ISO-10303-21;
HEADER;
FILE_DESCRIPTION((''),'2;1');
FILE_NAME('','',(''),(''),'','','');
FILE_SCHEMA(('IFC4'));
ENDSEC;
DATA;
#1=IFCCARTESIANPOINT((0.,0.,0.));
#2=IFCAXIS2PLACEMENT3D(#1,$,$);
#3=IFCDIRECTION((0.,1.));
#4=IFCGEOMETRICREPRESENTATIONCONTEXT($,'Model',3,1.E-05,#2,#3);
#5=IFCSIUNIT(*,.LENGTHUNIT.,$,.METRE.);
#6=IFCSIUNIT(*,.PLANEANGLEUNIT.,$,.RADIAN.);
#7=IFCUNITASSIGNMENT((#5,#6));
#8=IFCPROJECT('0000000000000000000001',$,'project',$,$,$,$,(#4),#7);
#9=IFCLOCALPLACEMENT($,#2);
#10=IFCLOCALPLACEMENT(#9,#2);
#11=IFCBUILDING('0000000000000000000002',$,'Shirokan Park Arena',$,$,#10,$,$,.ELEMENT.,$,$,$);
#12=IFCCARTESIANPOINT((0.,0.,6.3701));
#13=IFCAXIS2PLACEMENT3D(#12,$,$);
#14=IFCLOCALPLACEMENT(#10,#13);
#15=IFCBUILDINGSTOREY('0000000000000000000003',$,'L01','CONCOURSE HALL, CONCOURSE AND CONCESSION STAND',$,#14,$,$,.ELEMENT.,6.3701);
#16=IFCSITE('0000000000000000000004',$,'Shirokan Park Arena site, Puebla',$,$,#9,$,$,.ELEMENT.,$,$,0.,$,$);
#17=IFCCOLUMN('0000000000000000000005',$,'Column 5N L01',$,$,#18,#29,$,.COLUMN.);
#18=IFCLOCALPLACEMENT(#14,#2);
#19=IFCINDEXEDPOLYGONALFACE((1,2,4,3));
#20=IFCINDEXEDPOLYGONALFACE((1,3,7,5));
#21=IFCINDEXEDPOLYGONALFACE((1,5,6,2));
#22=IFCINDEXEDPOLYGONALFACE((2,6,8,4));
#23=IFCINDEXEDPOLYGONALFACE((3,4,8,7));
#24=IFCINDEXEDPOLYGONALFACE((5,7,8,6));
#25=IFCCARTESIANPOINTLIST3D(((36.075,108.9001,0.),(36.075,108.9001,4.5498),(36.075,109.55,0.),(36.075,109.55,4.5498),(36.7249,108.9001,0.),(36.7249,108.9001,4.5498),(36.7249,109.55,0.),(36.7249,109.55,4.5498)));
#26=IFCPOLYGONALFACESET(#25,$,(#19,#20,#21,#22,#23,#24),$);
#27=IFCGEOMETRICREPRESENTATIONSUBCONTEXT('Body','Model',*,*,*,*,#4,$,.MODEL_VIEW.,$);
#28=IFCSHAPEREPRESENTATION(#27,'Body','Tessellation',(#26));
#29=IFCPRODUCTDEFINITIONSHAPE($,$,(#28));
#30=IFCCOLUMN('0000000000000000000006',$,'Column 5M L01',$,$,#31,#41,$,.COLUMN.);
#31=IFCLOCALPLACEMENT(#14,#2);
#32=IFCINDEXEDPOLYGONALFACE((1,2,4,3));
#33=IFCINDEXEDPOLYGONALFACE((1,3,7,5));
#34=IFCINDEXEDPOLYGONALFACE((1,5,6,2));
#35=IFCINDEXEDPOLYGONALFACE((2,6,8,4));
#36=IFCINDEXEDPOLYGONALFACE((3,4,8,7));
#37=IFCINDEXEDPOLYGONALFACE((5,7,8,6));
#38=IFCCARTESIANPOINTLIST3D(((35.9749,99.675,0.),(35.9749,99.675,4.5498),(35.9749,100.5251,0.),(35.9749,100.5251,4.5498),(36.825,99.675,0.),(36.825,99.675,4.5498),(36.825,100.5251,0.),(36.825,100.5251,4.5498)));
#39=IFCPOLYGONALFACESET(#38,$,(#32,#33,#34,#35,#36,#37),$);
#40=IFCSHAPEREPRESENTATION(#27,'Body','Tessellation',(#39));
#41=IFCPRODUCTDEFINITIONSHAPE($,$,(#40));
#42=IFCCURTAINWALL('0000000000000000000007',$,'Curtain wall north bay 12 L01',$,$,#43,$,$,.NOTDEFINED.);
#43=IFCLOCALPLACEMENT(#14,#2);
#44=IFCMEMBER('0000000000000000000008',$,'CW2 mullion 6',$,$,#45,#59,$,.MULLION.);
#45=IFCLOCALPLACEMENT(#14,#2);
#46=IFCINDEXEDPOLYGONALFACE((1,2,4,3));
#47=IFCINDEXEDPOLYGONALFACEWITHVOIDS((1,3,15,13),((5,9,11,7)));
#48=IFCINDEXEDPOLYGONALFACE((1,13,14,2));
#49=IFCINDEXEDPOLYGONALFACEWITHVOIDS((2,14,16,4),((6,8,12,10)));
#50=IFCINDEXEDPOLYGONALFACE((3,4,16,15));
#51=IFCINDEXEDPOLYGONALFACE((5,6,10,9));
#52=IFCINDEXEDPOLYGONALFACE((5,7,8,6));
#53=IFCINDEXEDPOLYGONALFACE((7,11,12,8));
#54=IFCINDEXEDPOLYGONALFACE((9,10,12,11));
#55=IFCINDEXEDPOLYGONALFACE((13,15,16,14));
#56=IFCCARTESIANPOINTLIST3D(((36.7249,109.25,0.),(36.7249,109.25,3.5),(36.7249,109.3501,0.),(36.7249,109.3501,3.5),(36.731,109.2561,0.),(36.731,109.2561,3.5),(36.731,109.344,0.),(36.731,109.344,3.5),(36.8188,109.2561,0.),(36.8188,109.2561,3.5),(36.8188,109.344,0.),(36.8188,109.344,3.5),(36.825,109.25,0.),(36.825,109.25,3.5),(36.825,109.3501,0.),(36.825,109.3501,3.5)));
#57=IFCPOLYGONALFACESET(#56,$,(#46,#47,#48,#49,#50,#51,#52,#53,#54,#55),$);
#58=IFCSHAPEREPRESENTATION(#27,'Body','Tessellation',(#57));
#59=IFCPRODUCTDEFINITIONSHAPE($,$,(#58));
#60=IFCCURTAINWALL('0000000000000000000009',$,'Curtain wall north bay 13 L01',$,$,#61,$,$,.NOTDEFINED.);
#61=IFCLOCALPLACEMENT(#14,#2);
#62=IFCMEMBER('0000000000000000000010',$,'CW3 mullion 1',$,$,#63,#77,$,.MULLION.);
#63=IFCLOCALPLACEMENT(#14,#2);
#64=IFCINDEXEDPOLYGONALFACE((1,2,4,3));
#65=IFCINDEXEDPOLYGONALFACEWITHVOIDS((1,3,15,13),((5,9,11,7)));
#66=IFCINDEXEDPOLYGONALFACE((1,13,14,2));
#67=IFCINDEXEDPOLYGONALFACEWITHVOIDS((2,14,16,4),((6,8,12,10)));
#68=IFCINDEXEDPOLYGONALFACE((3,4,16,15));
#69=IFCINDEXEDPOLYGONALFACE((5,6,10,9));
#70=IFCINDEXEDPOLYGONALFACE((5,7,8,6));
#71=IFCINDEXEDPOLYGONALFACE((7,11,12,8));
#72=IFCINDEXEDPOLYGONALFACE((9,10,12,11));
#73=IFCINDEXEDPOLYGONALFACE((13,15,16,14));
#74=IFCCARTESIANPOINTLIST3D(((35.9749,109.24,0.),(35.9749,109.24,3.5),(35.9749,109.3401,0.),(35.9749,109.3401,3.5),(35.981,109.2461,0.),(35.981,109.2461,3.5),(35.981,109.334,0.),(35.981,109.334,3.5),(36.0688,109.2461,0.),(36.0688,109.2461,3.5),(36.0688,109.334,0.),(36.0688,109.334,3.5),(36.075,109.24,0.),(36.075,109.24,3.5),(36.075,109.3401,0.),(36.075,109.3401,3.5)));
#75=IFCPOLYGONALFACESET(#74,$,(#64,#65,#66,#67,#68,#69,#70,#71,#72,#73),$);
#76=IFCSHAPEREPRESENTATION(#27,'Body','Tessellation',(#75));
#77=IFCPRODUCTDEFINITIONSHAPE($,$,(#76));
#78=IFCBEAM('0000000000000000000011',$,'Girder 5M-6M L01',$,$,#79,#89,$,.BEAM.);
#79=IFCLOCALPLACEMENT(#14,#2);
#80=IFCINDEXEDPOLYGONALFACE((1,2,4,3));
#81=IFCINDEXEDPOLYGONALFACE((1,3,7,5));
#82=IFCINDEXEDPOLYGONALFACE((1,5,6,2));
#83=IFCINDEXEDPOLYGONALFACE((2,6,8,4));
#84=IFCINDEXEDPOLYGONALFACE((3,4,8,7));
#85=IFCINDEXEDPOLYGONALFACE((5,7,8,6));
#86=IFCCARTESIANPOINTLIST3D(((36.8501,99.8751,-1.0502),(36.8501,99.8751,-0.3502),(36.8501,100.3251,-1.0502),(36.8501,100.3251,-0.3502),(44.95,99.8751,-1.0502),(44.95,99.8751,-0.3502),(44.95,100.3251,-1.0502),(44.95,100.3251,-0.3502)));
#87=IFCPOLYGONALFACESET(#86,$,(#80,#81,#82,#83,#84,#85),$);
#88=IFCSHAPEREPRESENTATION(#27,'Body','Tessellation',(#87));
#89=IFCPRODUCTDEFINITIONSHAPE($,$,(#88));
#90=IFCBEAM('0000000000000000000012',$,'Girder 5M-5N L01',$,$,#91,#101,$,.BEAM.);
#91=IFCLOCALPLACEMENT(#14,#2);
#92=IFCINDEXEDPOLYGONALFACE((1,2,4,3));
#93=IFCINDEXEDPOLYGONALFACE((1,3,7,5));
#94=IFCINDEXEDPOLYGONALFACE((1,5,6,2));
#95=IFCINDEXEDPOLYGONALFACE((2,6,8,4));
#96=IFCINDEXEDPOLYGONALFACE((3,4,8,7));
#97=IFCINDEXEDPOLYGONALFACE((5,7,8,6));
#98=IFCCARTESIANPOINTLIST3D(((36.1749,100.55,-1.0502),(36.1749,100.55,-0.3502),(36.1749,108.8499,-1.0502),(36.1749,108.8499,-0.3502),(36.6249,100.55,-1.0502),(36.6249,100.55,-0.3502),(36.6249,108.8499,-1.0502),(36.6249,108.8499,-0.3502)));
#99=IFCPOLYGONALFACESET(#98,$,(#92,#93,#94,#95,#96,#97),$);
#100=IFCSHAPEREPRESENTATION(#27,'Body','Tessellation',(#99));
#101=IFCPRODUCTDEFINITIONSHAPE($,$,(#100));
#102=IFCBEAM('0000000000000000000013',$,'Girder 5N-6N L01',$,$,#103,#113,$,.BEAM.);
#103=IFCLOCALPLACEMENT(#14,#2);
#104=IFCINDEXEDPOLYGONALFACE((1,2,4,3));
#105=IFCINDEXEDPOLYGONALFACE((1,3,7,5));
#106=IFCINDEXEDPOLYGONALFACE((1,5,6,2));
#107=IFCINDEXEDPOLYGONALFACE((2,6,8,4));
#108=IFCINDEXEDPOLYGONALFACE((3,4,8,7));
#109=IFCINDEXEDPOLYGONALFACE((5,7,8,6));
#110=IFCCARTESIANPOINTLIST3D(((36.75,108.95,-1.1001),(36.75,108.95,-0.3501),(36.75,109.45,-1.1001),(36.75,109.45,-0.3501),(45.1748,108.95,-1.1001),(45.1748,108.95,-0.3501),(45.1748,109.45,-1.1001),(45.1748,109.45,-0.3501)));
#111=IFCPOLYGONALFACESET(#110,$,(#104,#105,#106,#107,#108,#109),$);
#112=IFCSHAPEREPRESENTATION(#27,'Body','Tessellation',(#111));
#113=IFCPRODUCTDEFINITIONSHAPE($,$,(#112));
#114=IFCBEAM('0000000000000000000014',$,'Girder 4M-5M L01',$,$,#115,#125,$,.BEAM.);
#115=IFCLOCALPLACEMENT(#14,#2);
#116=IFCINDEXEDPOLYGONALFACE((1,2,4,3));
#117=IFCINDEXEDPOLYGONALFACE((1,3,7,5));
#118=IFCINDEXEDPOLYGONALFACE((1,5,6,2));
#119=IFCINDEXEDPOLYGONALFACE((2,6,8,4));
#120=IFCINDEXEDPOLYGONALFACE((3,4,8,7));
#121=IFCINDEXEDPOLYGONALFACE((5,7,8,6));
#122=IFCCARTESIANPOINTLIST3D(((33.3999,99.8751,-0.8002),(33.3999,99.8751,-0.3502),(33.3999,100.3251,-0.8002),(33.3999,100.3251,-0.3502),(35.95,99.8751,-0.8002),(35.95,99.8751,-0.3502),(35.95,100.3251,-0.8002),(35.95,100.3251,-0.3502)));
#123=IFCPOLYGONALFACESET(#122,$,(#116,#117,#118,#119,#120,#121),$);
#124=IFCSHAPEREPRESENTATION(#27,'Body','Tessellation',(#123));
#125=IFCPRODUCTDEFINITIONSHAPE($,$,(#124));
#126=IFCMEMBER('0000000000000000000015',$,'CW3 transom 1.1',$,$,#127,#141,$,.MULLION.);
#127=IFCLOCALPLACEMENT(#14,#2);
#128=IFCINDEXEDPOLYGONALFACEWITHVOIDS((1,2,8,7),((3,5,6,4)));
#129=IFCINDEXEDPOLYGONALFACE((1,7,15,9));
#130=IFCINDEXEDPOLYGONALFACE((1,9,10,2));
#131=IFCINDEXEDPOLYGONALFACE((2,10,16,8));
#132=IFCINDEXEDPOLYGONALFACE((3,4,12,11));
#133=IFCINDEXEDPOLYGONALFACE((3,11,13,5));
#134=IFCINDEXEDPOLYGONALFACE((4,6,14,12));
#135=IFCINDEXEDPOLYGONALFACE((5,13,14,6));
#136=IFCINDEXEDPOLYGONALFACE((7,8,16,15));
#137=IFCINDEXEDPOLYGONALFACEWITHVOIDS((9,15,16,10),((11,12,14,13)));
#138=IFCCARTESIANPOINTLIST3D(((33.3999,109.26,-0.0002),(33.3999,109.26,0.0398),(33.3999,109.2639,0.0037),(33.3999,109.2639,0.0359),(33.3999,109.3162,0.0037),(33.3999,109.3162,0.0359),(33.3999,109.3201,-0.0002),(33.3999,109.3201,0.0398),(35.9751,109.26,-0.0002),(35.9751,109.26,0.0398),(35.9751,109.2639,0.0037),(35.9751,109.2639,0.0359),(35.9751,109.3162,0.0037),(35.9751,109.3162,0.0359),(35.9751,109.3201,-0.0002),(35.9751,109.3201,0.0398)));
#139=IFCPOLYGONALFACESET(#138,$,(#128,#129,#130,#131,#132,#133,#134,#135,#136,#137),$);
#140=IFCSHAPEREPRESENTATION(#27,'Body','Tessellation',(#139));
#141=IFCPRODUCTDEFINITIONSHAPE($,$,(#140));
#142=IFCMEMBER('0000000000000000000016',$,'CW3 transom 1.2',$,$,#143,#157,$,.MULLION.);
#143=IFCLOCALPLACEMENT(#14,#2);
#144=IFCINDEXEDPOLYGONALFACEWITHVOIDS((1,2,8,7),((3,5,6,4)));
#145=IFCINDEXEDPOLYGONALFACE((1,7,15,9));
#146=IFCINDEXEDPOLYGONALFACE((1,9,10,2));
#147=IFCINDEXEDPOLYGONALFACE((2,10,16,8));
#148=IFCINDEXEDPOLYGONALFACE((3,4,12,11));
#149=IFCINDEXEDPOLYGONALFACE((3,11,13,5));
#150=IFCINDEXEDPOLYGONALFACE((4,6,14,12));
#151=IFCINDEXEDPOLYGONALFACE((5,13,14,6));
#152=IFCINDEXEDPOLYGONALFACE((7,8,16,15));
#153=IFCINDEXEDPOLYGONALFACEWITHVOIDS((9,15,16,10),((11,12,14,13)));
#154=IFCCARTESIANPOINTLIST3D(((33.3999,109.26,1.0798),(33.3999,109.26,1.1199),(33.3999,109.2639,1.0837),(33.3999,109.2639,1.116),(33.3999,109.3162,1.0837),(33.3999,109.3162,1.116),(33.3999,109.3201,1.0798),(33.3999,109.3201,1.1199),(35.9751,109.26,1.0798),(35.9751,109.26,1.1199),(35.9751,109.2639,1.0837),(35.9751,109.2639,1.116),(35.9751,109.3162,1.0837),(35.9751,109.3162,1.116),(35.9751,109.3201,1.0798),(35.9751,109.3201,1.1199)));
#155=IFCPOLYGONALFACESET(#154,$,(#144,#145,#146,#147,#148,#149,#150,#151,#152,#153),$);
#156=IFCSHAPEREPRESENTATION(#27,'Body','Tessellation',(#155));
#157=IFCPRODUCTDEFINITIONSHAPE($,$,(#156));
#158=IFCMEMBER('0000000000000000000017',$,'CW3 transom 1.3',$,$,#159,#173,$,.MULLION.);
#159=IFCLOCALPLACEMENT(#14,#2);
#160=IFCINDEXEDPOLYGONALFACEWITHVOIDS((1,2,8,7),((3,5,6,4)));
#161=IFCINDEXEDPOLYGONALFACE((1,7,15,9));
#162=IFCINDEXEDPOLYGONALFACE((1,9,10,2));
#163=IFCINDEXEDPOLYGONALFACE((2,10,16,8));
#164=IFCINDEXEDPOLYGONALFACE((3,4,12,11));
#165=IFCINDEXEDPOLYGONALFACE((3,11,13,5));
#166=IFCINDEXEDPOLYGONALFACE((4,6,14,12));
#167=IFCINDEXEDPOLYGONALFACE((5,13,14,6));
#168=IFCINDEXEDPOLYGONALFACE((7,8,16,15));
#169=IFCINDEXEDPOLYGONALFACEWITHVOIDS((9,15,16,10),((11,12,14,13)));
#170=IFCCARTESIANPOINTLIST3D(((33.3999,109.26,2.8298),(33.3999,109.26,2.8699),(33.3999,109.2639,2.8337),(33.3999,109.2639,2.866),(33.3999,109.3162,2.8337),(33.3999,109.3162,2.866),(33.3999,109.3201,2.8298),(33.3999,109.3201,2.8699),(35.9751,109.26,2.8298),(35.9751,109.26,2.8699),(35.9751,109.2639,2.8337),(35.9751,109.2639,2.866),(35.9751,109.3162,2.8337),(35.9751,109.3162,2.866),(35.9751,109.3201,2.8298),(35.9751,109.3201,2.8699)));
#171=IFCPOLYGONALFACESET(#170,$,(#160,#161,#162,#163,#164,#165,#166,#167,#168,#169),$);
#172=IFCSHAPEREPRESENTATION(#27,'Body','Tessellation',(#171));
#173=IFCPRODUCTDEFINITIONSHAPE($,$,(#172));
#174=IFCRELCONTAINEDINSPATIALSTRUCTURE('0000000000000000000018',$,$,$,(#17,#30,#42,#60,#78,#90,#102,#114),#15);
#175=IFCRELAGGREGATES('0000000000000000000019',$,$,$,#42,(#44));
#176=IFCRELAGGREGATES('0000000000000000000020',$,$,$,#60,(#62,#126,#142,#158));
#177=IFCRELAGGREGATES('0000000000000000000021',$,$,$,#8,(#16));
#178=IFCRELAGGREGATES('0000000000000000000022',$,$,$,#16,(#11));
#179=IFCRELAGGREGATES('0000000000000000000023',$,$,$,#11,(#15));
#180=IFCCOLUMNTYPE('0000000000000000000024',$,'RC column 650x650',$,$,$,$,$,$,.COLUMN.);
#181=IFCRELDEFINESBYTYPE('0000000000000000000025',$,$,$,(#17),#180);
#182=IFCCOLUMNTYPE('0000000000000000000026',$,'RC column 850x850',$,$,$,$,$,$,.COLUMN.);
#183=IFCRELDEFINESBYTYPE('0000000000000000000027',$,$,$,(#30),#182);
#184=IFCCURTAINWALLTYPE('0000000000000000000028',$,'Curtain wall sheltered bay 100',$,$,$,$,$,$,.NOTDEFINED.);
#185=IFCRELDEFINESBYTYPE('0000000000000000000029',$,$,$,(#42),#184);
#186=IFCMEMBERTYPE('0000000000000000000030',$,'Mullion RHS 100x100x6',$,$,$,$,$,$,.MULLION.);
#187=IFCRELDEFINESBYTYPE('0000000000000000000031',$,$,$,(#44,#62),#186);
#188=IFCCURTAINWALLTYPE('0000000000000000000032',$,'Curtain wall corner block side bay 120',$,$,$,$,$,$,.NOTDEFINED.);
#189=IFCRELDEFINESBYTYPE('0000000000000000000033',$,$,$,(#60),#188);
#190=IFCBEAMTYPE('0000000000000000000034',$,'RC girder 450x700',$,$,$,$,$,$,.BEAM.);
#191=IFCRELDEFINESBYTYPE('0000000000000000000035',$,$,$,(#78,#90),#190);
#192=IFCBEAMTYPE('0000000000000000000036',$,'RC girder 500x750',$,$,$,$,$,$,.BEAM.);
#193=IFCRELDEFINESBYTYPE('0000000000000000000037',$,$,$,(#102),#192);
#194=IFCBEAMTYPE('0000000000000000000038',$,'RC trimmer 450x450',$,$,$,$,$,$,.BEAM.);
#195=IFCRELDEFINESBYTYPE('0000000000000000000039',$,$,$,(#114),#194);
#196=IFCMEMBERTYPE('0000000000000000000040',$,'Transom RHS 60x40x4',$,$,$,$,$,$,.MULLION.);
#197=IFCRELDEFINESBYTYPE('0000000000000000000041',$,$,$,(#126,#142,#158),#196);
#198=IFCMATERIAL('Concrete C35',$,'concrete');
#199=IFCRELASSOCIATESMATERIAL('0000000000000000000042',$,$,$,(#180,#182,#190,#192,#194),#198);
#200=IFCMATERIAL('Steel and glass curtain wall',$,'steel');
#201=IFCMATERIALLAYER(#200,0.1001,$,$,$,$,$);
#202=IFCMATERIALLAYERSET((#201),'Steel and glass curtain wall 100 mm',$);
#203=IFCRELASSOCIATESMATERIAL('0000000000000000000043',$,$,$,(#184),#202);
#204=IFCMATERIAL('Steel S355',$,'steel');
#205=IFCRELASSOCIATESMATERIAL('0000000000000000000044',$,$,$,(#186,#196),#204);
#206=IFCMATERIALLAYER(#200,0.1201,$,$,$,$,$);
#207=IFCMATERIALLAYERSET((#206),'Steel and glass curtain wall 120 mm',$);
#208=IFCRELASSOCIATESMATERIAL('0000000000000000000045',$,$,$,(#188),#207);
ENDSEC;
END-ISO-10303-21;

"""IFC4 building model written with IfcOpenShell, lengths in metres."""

from ifc_helpers import new_model, si_unit, direction, frame, origin, origin_2d, place, context, subcontext, project, spatial, rectangle, hollow_rectangle, extrude, material, layer, layer_set, material_profile, profile_set, type_object, element, aggregate, save


model = new_model("IFC4")

# Units and contexts
model_context = context("Model", 3, precision=1e-05, world=origin(), true_north=direction((0.0, 1.0)))
body_context = subcontext(model_context, "Body", "Model", "MODEL_VIEW")
ifc_project = project(units=[si_unit("LENGTHUNIT", "METRE"), si_unit("PLANEANGLEUNIT", "RADIAN")], contexts=[model_context])

# Site, building, storey
site_placement = place(None, origin())
site = spatial("IfcSite", under=ifc_project, at=site_placement, Name="Shirokan Park Arena site, Puebla", CompositionType="ELEMENT", RefElevation=0.0)
building_placement = place(site_placement, origin())
building = spatial("IfcBuilding", under=site, at=building_placement, Name="Shirokan Park Arena", CompositionType="ELEMENT")
storey_placement = place(building_placement, frame((0.0, 0.0, 6.3701)))
storey = spatial("IfcBuildingStorey", under=building, at=storey_placement, Name="L01", Description="CONCOURSE HALL, CONCOURSE AND CONCESSION STAND", CompositionType="ELEMENT", Elevation=6.3701)

# Columns
ifc_material_1 = material(Name="Concrete C35", Category="concrete")
ifc_material_profile_1 = material_profile(ifc_material_1, rectangle(XDim=0.6499, YDim=0.6499, at=origin_2d()), Name="650x650")
ifc_profile_set_1 = profile_set([ifc_material_profile_1], Name="Concrete C35")
column_type_1 = type_object("IfcColumnType", Name="RC column 650x650", PredefinedType="COLUMN", material=ifc_profile_set_1)
column_1_placement = place(storey_placement, frame((36.3999, 109.2251, 0.0), z_axis=(0.0, 0.0, 1.0), x_axis=(1.0, 0.0, 0.0)))
element("IfcColumn", 1, at=column_1_placement, inside=storey, type_object=column_type_1, Name="Column 5N L01", PredefinedType="COLUMN", context=body_context, shape_type="SweptSolid", body=[
    extrude(rectangle(XDim=0.6499, YDim=0.6499, at=origin_2d()), origin(), (0.0, 0.0, 1.0), 4.5498),
])
ifc_material_profile_2 = material_profile(ifc_material_1, rectangle(XDim=0.8501, YDim=0.8501, at=origin_2d()), Name="850x850")
ifc_profile_set_2 = profile_set([ifc_material_profile_2], Name="Concrete C35")
column_type_2 = type_object("IfcColumnType", Name="RC column 850x850", PredefinedType="COLUMN", material=ifc_profile_set_2)
column_2_placement = place(storey_placement, frame((36.3999, 100.1001, 0.0), z_axis=(0.0, 0.0, 1.0), x_axis=(1.0, 0.0, 0.0)))
element("IfcColumn", 2, at=column_2_placement, inside=storey, type_object=column_type_2, Name="Column 5M L01", PredefinedType="COLUMN", context=body_context, shape_type="SweptSolid", body=[
    extrude(rectangle(XDim=0.8501, YDim=0.8501, at=origin_2d()), origin(), (0.0, 0.0, 1.0), 4.5498),
])

# Curtain walls, members
ifc_material_2 = material(Name="Steel and glass curtain wall", Category="steel")
ifc_layer_1 = layer(ifc_material_2, 0.1001)
ifc_layer_set_1 = layer_set([ifc_layer_1], Name="Steel and glass curtain wall 100 mm")
curtain_wall_type_1 = type_object("IfcCurtainWallType", Name="Curtain wall sheltered bay 100", PredefinedType="NOTDEFINED", material=ifc_layer_set_1)
curtain_wall_1_placement = place(storey_placement, origin())
curtain_wall_1 = element("IfcCurtainWall", 3, at=curtain_wall_1_placement, inside=storey, type_object=curtain_wall_type_1, Name="Curtain wall north bay 12 L01", PredefinedType="NOTDEFINED")
ifc_material_3 = material(Name="Steel S355", Category="steel")
ifc_material_profile_3 = material_profile(ifc_material_3, hollow_rectangle(XDim=0.1001, YDim=0.1001, WallThickness=0.0061, at=origin_2d()), Name="RHS 100x100x6")
ifc_profile_set_3 = profile_set([ifc_material_profile_3], Name="Steel S355")
member_type_1 = type_object("IfcMemberType", Name="Mullion RHS 100x100x6", PredefinedType="MULLION", material=ifc_profile_set_3)
member_1_placement = place(storey_placement, frame((36.7749, 109.3, 0.0), z_axis=(0.0, 0.0, 1.0), x_axis=(0.0, -1.0, 0.0)))
member_1 = element("IfcMember", 4, at=member_1_placement, type_object=member_type_1, Name="CW2 mullion 6", PredefinedType="MULLION", context=body_context, shape_type="SweptSolid", body=[
    extrude(hollow_rectangle(XDim=0.1001, YDim=0.1001, WallThickness=0.0061, at=origin_2d()), origin(), (0.0, 0.0, 1.0), 3.5),
])
aggregate(curtain_wall_1, [member_1])
ifc_layer_2 = layer(ifc_material_2, 0.1201)
ifc_layer_set_2 = layer_set([ifc_layer_2], Name="Steel and glass curtain wall 120 mm")
curtain_wall_type_2 = type_object("IfcCurtainWallType", Name="Curtain wall corner block side bay 120", PredefinedType="NOTDEFINED", material=ifc_layer_set_2)
curtain_wall_2_placement = place(storey_placement, origin())
curtain_wall_2 = element("IfcCurtainWall", 5, at=curtain_wall_2_placement, inside=storey, type_object=curtain_wall_type_2, Name="Curtain wall north bay 13 L01", PredefinedType="NOTDEFINED")
member_2_placement = place(storey_placement, frame((36.0249, 109.29, 0.0), z_axis=(0.0, 0.0, 1.0), x_axis=(0.0, -1.0, 0.0)))
member_2 = element("IfcMember", 6, at=member_2_placement, type_object=member_type_1, Name="CW3 mullion 1", PredefinedType="MULLION", context=body_context, shape_type="SweptSolid", body=[
    extrude(hollow_rectangle(XDim=0.1001, YDim=0.1001, WallThickness=0.0061, at=origin_2d()), origin(), (0.0, 0.0, 1.0), 3.5),
])

# Beams
ifc_material_profile_4 = material_profile(ifc_material_1, rectangle(XDim=0.45, YDim=0.7, at=origin_2d()), Name="450x700")
ifc_profile_set_4 = profile_set([ifc_material_profile_4], Name="Concrete C35")
beam_type_1 = type_object("IfcBeamType", Name="RC girder 450x700", PredefinedType="BEAM", material=ifc_profile_set_4)
beam_1_placement = place(storey_placement, frame((36.8501, 100.1001, -0.7002), z_axis=(1.0, 0.0, 0.0), x_axis=(0.0, 1.0, 0.0)))
element("IfcBeam", 7, at=beam_1_placement, inside=storey, type_object=beam_type_1, Name="Girder 5M-6M L01", PredefinedType="BEAM", context=body_context, shape_type="SweptSolid", body=[
    extrude(rectangle(XDim=0.45, YDim=0.7, at=origin_2d()), origin(), (0.0, 0.0, 1.0), 8.0999),
])
beam_2_placement = place(storey_placement, frame((36.3999, 100.55, -0.7002), z_axis=(0.0, 1.0, 0.0), x_axis=(-1.0, 0.0, 0.0)))
element("IfcBeam", 8, at=beam_2_placement, inside=storey, type_object=beam_type_1, Name="Girder 5M-5N L01", PredefinedType="BEAM", context=body_context, shape_type="SweptSolid", body=[
    extrude(rectangle(XDim=0.45, YDim=0.7, at=origin_2d()), origin(), (0.0, 0.0, 1.0), 8.2998),
])
ifc_material_profile_5 = material_profile(ifc_material_1, rectangle(XDim=0.5, YDim=0.75, at=origin_2d()), Name="500x750")
ifc_profile_set_5 = profile_set([ifc_material_profile_5], Name="Concrete C35")
beam_type_2 = type_object("IfcBeamType", Name="RC girder 500x750", PredefinedType="BEAM", material=ifc_profile_set_5)
beam_3_placement = place(storey_placement, frame((36.75, 109.2, -0.7251), z_axis=(1.0, 0.0, 0.0), x_axis=(0.0, 1.0, 0.0)))
element("IfcBeam", 9, at=beam_3_placement, inside=storey, type_object=beam_type_2, Name="Girder 5N-6N L01", PredefinedType="BEAM", context=body_context, shape_type="SweptSolid", body=[
    extrude(rectangle(XDim=0.5, YDim=0.75, at=origin_2d()), origin(), (0.0, 0.0, 1.0), 8.4248),
])
ifc_material_profile_6 = material_profile(ifc_material_1, rectangle(XDim=0.45, YDim=0.45, at=origin_2d()), Name="450x450")
ifc_profile_set_6 = profile_set([ifc_material_profile_6], Name="Concrete C35")
beam_type_3 = type_object("IfcBeamType", Name="RC trimmer 450x450", PredefinedType="BEAM", material=ifc_profile_set_6)
beam_4_placement = place(storey_placement, frame((33.3999, 100.1001, -0.5752), z_axis=(1.0, 0.0, 0.0), x_axis=(0.0, 1.0, 0.0)))
element("IfcBeam", 10, at=beam_4_placement, inside=storey, type_object=beam_type_3, Name="Girder 4M-5M L01", PredefinedType="BEAM", context=body_context, shape_type="SweptSolid", body=[
    extrude(rectangle(XDim=0.45, YDim=0.45, at=origin_2d()), origin(), (0.0, 0.0, 1.0), 2.55),
])

# Members
ifc_material_profile_7 = material_profile(ifc_material_3, hollow_rectangle(XDim=0.0601, YDim=0.04, WallThickness=0.0039, at=origin_2d()), Name="RHS 60x40x4")
ifc_profile_set_7 = profile_set([ifc_material_profile_7], Name="Steel S355")
member_type_2 = type_object("IfcMemberType", Name="Transom RHS 60x40x4", PredefinedType="MULLION", material=ifc_profile_set_7)
member_3_placement = place(storey_placement, frame((35.9751, 109.29, 0.0198), z_axis=(-1.0, 0.0, 0.0), x_axis=(0.0, -1.0, 0.0)))
member_3 = element("IfcMember", 11, at=member_3_placement, type_object=member_type_2, Name="CW3 transom 1.1", PredefinedType="MULLION", context=body_context, shape_type="SweptSolid", body=[
    extrude(hollow_rectangle(XDim=0.0601, YDim=0.04, WallThickness=0.0039, at=origin_2d()), origin(), (0.0, 0.0, 1.0), 2.5752),
])
member_4_placement = place(storey_placement, frame((35.9751, 109.29, 1.0999), z_axis=(-1.0, 0.0, 0.0), x_axis=(0.0, -1.0, 0.0)))
member_4 = element("IfcMember", 12, at=member_4_placement, type_object=member_type_2, Name="CW3 transom 1.2", PredefinedType="MULLION", context=body_context, shape_type="SweptSolid", body=[
    extrude(hollow_rectangle(XDim=0.0601, YDim=0.04, WallThickness=0.0039, at=origin_2d()), origin(), (0.0, 0.0, 1.0), 2.5752),
])
member_5_placement = place(storey_placement, frame((35.9751, 109.29, 2.8499), z_axis=(-1.0, 0.0, 0.0), x_axis=(0.0, -1.0, 0.0)))
member_5 = element("IfcMember", 13, at=member_5_placement, type_object=member_type_2, Name="CW3 transom 1.3", PredefinedType="MULLION", context=body_context, shape_type="SweptSolid", body=[
    extrude(hollow_rectangle(XDim=0.0601, YDim=0.04, WallThickness=0.0039, at=origin_2d()), origin(), (0.0, 0.0, 1.0), 2.5752),
])

aggregate(curtain_wall_2, [member_2, member_3, member_4, member_5])

save(model, "model.ifc")
